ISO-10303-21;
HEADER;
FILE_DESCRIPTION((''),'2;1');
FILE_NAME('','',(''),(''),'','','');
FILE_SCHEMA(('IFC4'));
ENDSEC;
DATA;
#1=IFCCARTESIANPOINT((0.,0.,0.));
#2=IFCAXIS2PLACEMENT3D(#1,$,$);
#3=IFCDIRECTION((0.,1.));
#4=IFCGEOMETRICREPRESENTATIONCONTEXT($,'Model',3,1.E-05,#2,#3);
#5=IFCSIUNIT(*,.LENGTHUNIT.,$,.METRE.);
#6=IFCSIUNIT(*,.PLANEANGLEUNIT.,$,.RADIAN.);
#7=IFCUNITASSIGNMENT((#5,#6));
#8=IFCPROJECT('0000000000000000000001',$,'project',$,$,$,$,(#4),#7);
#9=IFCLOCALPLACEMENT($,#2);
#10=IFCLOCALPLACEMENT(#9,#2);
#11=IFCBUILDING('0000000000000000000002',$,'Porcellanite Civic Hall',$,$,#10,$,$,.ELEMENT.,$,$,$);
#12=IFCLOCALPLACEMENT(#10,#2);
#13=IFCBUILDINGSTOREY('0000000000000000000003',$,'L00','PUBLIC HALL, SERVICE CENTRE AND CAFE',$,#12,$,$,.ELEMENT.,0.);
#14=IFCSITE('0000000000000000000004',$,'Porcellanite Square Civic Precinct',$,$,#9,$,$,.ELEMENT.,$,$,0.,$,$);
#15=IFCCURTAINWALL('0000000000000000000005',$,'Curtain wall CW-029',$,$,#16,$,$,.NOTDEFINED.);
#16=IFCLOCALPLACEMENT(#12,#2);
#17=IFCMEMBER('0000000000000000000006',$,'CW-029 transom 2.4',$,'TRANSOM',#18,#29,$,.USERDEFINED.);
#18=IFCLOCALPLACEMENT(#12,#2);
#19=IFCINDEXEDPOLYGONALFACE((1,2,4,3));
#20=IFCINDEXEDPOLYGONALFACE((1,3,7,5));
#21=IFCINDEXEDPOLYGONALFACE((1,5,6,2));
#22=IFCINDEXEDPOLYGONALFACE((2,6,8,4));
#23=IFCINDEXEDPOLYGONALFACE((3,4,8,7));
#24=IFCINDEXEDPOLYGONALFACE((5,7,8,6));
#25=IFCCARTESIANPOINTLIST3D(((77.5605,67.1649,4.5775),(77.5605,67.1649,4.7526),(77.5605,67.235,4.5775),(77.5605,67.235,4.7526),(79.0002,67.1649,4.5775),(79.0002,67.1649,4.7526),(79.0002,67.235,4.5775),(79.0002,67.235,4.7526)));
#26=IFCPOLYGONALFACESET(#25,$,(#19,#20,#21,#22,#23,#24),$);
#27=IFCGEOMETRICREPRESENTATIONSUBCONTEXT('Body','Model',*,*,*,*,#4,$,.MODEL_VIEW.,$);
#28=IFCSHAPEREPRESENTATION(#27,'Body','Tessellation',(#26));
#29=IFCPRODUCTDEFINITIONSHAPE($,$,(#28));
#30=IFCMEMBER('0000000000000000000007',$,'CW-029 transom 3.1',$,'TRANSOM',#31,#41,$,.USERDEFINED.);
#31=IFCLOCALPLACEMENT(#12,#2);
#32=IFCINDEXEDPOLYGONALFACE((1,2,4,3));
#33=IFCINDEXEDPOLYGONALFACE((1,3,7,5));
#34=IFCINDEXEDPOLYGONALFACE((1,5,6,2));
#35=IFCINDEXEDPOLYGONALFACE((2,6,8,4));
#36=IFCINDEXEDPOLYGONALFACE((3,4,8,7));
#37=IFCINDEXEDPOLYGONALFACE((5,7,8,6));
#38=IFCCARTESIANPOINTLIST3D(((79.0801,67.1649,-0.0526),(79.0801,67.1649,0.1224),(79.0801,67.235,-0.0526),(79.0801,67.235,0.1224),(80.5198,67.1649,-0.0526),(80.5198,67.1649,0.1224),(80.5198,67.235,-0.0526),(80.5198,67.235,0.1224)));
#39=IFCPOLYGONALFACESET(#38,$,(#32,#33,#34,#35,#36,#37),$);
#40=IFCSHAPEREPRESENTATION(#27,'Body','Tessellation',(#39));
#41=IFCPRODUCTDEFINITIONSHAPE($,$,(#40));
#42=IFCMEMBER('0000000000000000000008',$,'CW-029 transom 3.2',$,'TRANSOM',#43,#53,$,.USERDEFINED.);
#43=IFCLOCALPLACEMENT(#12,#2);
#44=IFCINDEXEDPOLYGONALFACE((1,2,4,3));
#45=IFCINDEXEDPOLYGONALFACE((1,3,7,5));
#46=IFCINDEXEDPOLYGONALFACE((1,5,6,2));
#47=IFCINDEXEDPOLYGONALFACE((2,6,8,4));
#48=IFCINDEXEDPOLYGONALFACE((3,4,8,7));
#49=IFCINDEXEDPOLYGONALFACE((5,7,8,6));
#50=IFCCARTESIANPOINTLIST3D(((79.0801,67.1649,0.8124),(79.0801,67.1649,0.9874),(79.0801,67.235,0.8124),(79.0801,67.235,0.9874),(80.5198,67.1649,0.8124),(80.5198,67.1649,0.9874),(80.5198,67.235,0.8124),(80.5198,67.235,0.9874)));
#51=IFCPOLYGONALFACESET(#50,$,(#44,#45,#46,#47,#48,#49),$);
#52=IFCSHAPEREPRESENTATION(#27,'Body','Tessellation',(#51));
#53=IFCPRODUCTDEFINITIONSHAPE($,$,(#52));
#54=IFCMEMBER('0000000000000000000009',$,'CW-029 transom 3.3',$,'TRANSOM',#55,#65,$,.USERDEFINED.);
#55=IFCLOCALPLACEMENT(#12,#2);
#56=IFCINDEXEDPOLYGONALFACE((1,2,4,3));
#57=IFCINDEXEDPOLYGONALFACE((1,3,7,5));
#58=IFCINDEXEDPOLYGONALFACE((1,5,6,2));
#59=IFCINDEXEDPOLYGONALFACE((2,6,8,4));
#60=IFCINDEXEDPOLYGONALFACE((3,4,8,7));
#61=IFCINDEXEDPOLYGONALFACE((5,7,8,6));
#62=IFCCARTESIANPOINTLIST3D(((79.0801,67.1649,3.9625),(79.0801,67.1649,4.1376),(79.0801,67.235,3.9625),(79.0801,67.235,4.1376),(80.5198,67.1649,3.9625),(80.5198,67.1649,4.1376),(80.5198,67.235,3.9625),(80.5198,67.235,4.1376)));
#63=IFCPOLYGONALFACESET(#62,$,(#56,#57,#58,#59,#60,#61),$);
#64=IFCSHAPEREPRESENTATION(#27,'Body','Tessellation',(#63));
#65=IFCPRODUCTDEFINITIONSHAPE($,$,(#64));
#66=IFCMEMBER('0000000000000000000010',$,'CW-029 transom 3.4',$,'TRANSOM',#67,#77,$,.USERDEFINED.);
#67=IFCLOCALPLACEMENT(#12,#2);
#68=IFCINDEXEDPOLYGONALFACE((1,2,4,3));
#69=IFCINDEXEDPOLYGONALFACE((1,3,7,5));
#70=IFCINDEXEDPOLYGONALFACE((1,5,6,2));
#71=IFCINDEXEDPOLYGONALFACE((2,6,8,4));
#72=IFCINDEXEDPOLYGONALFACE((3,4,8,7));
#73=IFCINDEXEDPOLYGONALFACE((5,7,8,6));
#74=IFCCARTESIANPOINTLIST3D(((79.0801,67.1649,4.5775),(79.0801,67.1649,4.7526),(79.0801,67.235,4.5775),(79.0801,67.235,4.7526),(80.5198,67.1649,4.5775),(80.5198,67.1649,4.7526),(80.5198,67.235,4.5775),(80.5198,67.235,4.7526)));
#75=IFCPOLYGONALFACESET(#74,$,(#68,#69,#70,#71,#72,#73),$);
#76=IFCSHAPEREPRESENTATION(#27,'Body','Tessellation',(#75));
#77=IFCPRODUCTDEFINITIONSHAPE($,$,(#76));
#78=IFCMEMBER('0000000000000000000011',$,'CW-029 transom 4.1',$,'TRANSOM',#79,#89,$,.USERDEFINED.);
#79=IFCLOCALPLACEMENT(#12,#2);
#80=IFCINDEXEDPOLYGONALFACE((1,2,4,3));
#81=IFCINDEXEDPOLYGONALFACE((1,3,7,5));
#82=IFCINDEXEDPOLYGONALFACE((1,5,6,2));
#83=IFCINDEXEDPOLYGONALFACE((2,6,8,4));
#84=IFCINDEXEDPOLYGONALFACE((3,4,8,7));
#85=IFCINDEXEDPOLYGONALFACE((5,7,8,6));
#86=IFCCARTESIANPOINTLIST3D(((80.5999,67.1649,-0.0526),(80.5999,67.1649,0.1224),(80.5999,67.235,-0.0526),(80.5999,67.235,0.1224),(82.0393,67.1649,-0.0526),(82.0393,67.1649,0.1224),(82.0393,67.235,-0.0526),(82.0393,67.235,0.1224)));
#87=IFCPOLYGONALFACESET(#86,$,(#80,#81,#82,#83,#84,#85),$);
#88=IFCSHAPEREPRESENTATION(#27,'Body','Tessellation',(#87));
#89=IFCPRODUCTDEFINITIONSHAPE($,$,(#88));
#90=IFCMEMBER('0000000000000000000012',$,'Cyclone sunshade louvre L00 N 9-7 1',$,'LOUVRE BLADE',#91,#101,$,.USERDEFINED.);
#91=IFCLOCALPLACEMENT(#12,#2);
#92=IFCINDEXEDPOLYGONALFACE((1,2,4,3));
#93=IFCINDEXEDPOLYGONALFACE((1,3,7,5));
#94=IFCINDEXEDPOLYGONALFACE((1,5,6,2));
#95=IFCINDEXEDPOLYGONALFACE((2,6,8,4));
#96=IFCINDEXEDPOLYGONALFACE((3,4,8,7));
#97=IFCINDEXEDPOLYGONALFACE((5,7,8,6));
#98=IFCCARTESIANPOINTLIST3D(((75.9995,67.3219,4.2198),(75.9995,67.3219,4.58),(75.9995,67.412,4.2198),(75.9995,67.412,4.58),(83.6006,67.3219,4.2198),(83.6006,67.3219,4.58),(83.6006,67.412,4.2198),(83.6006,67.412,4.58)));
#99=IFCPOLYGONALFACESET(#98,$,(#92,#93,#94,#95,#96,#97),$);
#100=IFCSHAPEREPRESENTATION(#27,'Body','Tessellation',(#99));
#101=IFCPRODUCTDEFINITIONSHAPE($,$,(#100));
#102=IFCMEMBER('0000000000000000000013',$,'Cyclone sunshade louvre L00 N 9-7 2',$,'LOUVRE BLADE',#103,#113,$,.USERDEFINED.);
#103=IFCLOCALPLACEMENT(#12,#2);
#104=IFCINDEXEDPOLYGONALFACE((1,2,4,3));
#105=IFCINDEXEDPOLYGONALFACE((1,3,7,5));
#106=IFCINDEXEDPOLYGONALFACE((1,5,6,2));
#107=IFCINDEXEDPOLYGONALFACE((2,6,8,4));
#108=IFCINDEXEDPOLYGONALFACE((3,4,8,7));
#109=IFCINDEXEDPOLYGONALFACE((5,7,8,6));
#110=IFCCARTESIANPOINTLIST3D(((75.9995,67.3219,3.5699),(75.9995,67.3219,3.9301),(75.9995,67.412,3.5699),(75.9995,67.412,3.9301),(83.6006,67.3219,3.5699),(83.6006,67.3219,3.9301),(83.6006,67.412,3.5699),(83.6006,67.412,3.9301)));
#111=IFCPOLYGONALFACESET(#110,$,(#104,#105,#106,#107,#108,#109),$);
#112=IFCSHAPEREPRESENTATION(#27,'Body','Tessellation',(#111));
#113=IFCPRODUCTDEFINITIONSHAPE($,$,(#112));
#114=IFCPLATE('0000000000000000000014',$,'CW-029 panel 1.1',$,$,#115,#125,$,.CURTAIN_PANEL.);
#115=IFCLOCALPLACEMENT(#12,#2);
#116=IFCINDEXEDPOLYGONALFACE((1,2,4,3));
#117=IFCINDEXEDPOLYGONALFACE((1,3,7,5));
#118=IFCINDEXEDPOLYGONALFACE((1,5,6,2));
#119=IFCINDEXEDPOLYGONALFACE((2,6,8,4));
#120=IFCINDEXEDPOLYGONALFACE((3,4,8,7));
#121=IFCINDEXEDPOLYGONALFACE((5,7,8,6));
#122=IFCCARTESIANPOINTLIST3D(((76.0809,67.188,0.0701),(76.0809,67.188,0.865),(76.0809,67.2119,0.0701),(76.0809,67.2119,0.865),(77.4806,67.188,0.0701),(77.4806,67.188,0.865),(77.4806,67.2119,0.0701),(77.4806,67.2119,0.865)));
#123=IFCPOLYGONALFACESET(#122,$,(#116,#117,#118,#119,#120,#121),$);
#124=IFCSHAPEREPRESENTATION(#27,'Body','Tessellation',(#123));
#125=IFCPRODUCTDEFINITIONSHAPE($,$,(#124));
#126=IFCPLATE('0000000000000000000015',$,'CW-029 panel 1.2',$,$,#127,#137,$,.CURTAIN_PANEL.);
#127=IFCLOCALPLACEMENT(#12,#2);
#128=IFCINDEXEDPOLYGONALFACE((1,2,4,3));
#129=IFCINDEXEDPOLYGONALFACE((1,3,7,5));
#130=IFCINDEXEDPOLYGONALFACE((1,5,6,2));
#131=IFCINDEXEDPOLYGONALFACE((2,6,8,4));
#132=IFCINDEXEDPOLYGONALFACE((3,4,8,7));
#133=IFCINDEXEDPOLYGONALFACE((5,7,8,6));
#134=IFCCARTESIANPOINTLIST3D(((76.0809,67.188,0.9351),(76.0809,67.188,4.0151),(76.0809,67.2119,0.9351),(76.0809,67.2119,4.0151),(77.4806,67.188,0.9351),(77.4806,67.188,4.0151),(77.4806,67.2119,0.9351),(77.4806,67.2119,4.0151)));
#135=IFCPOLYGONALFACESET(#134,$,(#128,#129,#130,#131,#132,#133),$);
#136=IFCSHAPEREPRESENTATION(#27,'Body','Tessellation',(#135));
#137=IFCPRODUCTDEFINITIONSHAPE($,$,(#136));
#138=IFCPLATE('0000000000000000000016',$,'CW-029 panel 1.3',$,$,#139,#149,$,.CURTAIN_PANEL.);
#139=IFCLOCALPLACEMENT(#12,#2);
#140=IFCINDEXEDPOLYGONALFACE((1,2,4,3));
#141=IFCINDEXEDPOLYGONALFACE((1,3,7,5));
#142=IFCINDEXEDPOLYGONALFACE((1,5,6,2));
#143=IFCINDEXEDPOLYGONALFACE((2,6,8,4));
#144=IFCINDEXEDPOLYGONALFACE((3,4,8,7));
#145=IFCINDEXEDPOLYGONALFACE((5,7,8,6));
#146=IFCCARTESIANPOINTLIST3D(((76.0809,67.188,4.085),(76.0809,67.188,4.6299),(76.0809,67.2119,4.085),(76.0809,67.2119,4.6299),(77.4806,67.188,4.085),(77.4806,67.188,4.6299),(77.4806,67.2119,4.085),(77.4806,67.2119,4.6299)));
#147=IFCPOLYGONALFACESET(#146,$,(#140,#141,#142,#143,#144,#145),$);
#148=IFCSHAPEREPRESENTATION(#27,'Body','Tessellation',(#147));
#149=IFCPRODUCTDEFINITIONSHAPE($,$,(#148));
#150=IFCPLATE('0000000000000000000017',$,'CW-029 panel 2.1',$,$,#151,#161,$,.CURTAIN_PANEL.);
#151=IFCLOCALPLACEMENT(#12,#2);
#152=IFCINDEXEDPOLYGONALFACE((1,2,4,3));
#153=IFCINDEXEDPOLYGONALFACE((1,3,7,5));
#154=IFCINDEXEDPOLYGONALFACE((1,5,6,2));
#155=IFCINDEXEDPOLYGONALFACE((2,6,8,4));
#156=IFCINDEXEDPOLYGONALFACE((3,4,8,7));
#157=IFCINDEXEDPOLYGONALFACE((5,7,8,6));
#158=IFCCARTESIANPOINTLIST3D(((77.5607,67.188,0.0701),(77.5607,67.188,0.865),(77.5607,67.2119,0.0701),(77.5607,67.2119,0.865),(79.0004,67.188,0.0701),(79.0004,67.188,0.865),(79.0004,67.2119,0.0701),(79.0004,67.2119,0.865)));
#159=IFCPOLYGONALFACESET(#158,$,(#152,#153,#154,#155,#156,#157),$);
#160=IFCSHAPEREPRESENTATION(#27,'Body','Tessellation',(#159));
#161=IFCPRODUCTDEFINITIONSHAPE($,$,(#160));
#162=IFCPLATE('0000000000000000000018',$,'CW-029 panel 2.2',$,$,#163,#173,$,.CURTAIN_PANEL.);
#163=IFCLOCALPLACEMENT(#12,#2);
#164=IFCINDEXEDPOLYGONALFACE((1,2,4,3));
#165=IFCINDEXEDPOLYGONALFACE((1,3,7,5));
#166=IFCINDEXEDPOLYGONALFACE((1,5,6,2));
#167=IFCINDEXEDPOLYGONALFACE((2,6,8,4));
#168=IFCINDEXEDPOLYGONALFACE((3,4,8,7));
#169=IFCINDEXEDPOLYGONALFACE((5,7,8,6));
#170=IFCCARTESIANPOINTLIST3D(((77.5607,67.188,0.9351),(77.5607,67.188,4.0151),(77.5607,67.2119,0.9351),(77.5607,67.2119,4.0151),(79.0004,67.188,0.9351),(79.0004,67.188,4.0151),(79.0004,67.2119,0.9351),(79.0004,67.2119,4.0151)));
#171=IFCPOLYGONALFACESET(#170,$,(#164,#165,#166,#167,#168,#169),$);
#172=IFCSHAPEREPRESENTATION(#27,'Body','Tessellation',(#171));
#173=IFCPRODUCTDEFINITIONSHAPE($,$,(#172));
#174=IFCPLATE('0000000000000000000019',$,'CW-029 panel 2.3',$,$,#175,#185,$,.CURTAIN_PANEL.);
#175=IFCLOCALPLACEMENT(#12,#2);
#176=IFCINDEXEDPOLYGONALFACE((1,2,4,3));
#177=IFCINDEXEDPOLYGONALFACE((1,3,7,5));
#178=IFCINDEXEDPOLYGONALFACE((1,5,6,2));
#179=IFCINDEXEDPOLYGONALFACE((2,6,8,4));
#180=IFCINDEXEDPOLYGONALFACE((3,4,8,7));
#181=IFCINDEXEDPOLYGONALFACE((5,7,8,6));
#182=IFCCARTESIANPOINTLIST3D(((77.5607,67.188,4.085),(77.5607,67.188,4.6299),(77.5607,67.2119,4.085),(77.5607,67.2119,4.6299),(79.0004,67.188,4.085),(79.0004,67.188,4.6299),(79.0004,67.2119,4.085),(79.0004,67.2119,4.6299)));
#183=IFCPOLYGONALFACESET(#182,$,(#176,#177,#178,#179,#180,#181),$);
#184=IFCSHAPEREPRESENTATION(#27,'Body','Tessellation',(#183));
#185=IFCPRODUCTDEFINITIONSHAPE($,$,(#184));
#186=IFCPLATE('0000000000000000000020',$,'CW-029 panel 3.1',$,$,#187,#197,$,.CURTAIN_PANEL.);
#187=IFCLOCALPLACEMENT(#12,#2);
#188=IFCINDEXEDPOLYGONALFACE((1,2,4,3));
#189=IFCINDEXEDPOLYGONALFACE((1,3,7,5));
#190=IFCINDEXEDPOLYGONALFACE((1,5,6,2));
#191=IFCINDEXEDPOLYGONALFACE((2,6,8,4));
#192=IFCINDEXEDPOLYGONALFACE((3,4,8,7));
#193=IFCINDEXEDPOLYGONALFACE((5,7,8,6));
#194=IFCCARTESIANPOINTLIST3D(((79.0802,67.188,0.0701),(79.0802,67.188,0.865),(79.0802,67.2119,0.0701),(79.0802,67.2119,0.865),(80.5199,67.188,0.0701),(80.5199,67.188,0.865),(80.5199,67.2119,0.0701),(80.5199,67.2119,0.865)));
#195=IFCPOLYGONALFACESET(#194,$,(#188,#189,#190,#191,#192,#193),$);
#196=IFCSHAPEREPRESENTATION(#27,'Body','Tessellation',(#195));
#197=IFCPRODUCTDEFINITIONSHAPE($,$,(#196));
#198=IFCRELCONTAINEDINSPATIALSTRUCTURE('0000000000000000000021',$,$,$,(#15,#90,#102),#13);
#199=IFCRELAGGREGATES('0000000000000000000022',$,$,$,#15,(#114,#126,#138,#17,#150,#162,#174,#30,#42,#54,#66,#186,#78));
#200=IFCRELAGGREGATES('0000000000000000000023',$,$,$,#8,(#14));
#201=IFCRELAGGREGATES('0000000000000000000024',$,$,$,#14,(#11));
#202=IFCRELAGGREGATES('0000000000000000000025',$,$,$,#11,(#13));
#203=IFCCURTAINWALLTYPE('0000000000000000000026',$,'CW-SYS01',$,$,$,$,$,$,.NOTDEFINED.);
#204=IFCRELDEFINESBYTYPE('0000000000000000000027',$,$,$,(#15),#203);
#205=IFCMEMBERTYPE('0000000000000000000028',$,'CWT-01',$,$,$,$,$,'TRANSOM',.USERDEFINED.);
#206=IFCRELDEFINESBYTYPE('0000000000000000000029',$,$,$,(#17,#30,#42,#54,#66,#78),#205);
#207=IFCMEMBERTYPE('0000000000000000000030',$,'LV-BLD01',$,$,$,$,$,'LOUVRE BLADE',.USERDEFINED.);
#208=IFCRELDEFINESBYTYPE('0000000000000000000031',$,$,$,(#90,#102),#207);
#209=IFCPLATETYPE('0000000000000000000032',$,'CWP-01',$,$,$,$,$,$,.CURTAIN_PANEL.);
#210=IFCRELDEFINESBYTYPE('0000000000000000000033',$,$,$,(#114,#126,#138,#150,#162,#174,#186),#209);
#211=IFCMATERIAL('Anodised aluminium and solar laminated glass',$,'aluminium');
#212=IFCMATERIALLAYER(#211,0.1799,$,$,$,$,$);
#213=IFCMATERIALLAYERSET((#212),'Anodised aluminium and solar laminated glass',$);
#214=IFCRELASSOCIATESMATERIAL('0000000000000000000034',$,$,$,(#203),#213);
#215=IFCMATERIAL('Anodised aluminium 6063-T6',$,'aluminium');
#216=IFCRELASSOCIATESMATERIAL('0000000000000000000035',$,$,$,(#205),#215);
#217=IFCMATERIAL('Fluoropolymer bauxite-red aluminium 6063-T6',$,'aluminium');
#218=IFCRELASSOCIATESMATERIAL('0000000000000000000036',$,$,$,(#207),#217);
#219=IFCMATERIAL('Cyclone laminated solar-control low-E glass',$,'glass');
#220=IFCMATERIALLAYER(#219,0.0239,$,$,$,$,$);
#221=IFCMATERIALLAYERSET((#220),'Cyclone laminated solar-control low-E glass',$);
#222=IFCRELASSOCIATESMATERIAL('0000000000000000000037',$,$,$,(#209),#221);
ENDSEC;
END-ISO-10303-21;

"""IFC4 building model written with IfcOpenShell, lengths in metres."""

from ifc_helpers import new_model, si_unit, direction, frame, origin, origin_2d, place, context, subcontext, project, spatial, rectangle, extrude, material, layer, layer_set, material_profile, profile_set, type_object, element, aggregate, save


model = new_model("IFC4")

# Units and contexts
model_context = context("Model", 3, precision=1e-05, world=origin(), true_north=direction((0.0, 1.0)))
body_context = subcontext(model_context, "Body", "Model", "MODEL_VIEW")
ifc_project = project(units=[si_unit("LENGTHUNIT", "METRE"), si_unit("PLANEANGLEUNIT", "RADIAN")], contexts=[model_context])

# Site, building, storey
site_placement = place(None, origin())
site = spatial("IfcSite", under=ifc_project, at=site_placement, Name="Porcellanite Square Civic Precinct", CompositionType="ELEMENT", RefElevation=0.0)
building_placement = place(site_placement, origin())
building = spatial("IfcBuilding", under=site, at=building_placement, Name="Porcellanite Civic Hall", CompositionType="ELEMENT")
storey_placement = place(building_placement, origin())
storey = spatial("IfcBuildingStorey", under=building, at=storey_placement, Name="L00", Description="PUBLIC HALL, SERVICE CENTRE AND CAFE", CompositionType="ELEMENT", Elevation=0.0)

# Curtain wall, members
ifc_material_1 = material(Name="Anodised aluminium and solar laminated glass", Category="aluminium")
ifc_layer_1 = layer(ifc_material_1, 0.1799)
ifc_layer_set_1 = layer_set([ifc_layer_1], Name="Anodised aluminium and solar laminated glass")
curtain_wall_type = type_object("IfcCurtainWallType", Name="CW-SYS01", PredefinedType="NOTDEFINED", material=ifc_layer_set_1)
curtain_wall_placement = place(storey_placement, origin())
curtain_wall = element("IfcCurtainWall", 1, at=curtain_wall_placement, inside=storey, type_object=curtain_wall_type, Name="Curtain wall CW-029", PredefinedType="NOTDEFINED")
ifc_material_2 = material(Name="Anodised aluminium 6063-T6", Category="aluminium")
ifc_material_profile_1 = material_profile(ifc_material_2, rectangle(XDim=0.0701, YDim=0.175, at=origin_2d()), Name="AL-70x175")
ifc_profile_set_1 = profile_set([ifc_material_profile_1], Name="Anodised aluminium 6063-T6")
member_type_1 = type_object("IfcMemberType", Name="CWT-01", ElementType="TRANSOM", PredefinedType="USERDEFINED", material=ifc_profile_set_1)
member_1_placement = place(storey_placement, frame((77.5605, 67.2, 4.665), z_axis=(1.0, 0.0, 0.0), x_axis=(0.0, 1.0, 0.0)))
member_1 = element("IfcMember", 2, at=member_1_placement, type_object=member_type_1, Name="CW-029 transom 2.4", ObjectType="TRANSOM", PredefinedType="USERDEFINED", context=body_context, shape_type="SweptSolid", body=[
    extrude(rectangle(XDim=0.0701, YDim=0.175, at=origin_2d()), origin(), (0.0, 0.0, 1.0), 1.4397),
])
member_2_placement = place(storey_placement, frame((79.0801, 67.2, 0.0349), z_axis=(1.0, 0.0, 0.0), x_axis=(0.0, 1.0, 0.0)))
member_2 = element("IfcMember", 3, at=member_2_placement, type_object=member_type_1, Name="CW-029 transom 3.1", ObjectType="TRANSOM", PredefinedType="USERDEFINED", context=body_context, shape_type="SweptSolid", body=[
    extrude(rectangle(XDim=0.0701, YDim=0.175, at=origin_2d()), origin(), (0.0, 0.0, 1.0), 1.4397),
])
member_3_placement = place(storey_placement, frame((79.0801, 67.2, 0.8999), z_axis=(1.0, 0.0, 0.0), x_axis=(0.0, 1.0, 0.0)))
member_3 = element("IfcMember", 4, at=member_3_placement, type_object=member_type_1, Name="CW-029 transom 3.2", ObjectType="TRANSOM", PredefinedType="USERDEFINED", context=body_context, shape_type="SweptSolid", body=[
    extrude(rectangle(XDim=0.0701, YDim=0.175, at=origin_2d()), origin(), (0.0, 0.0, 1.0), 1.4397),
])
member_4_placement = place(storey_placement, frame((79.0801, 67.2, 4.05), z_axis=(1.0, 0.0, 0.0), x_axis=(0.0, 1.0, 0.0)))
member_4 = element("IfcMember", 5, at=member_4_placement, type_object=member_type_1, Name="CW-029 transom 3.3", ObjectType="TRANSOM", PredefinedType="USERDEFINED", context=body_context, shape_type="SweptSolid", body=[
    extrude(rectangle(XDim=0.0701, YDim=0.175, at=origin_2d()), origin(), (0.0, 0.0, 1.0), 1.4397),
])
member_5_placement = place(storey_placement, frame((79.0801, 67.2, 4.665), z_axis=(1.0, 0.0, 0.0), x_axis=(0.0, 1.0, 0.0)))
member_5 = element("IfcMember", 6, at=member_5_placement, type_object=member_type_1, Name="CW-029 transom 3.4", ObjectType="TRANSOM", PredefinedType="USERDEFINED", context=body_context, shape_type="SweptSolid", body=[
    extrude(rectangle(XDim=0.0701, YDim=0.175, at=origin_2d()), origin(), (0.0, 0.0, 1.0), 1.4397),
])
member_6_placement = place(storey_placement, frame((80.5999, 67.2, 0.0349), z_axis=(1.0, 0.0, 0.0), x_axis=(0.0, 1.0, 0.0)))
member_6 = element("IfcMember", 7, at=member_6_placement, type_object=member_type_1, Name="CW-029 transom 4.1", ObjectType="TRANSOM", PredefinedType="USERDEFINED", context=body_context, shape_type="SweptSolid", body=[
    extrude(rectangle(XDim=0.0701, YDim=0.175, at=origin_2d()), origin(), (0.0, 0.0, 1.0), 1.4395),
])

# Members
ifc_material_3 = material(Name="Fluoropolymer bauxite-red aluminium 6063-T6", Category="aluminium")
ifc_material_profile_2 = material_profile(ifc_material_3, rectangle(XDim=0.0901, YDim=0.3601, at=origin_2d()), Name="AL-90x360")
ifc_profile_set_2 = profile_set([ifc_material_profile_2], Name="Fluoropolymer bauxite-red aluminium 6063-T6")
member_type_2 = type_object("IfcMemberType", Name="LV-BLD01", ElementType="LOUVRE BLADE", PredefinedType="USERDEFINED", material=ifc_profile_set_2)
for number, where, z_axis, x_axis, name in (
    (8, (75.9995, 67.3669, 4.3999), (1.0, 0.0, 0.0), (0.0, 1.0, 0.0), "Cyclone sunshade louvre L00 N 9-7 1"),
    (9, (75.9995, 67.3669, 3.75), (1.0, 0.0, 0.0), (0.0, 1.0, 0.0), "Cyclone sunshade louvre L00 N 9-7 2"),
):
    element("IfcMember", number, at=place(storey_placement, frame(where, z_axis=z_axis, x_axis=x_axis)), inside=storey, type_object=member_type_2, Name=name, ObjectType="LOUVRE BLADE", PredefinedType="USERDEFINED", context=body_context, shape_type="SweptSolid", body=[
        extrude(rectangle(XDim=0.0901, YDim=0.3601, at=origin_2d()), origin(), (0.0, 0.0, 1.0), 7.6011),
    ])

# Plates
ifc_material_4 = material(Name="Cyclone laminated solar-control low-E glass", Category="glass")
ifc_layer_2 = layer(ifc_material_4, 0.0239)
ifc_layer_set_2 = layer_set([ifc_layer_2], Name="Cyclone laminated solar-control low-E glass")
plate_type = type_object("IfcPlateType", Name="CWP-01", PredefinedType="CURTAIN_PANEL", material=ifc_layer_set_2)
plate_1_placement = place(storey_placement, frame((76.7808, 67.2, 0.0701), z_axis=(0.0, 0.0, 1.0), x_axis=(1.0, 0.0, 0.0)))
plate_1 = element("IfcPlate", 10, at=plate_1_placement, type_object=plate_type, Name="CW-029 panel 1.1", PredefinedType="CURTAIN_PANEL", context=body_context, shape_type="SweptSolid", body=[
    extrude(rectangle(XDim=1.3997, YDim=0.0239, at=origin_2d()), origin(), (0.0, 0.0, 1.0), 0.7949),
])
plate_2_placement = place(storey_placement, frame((76.7808, 67.2, 0.9351), z_axis=(0.0, 0.0, 1.0), x_axis=(1.0, 0.0, 0.0)))
plate_2 = element("IfcPlate", 11, at=plate_2_placement, type_object=plate_type, Name="CW-029 panel 1.2", PredefinedType="CURTAIN_PANEL", context=body_context, shape_type="SweptSolid", body=[
    extrude(rectangle(XDim=1.3997, YDim=0.0239, at=origin_2d()), origin(), (0.0, 0.0, 1.0), 3.0801),
])
plate_3_placement = place(storey_placement, frame((76.7808, 67.2, 4.085), z_axis=(0.0, 0.0, 1.0), x_axis=(1.0, 0.0, 0.0)))
plate_3 = element("IfcPlate", 12, at=plate_3_placement, type_object=plate_type, Name="CW-029 panel 1.3", PredefinedType="CURTAIN_PANEL", context=body_context, shape_type="SweptSolid", body=[
    extrude(rectangle(XDim=1.3997, YDim=0.0239, at=origin_2d()), origin(), (0.0, 0.0, 1.0), 0.5449),
])
plate_4_placement = place(storey_placement, frame((78.2805, 67.2, 0.0701), z_axis=(0.0, 0.0, 1.0), x_axis=(1.0, 0.0, 0.0)))
plate_4 = element("IfcPlate", 13, at=plate_4_placement, type_object=plate_type, Name="CW-029 panel 2.1", PredefinedType="CURTAIN_PANEL", context=body_context, shape_type="SweptSolid", body=[
    extrude(rectangle(XDim=1.4397, YDim=0.0239, at=origin_2d()), origin(), (0.0, 0.0, 1.0), 0.7949),
])
plate_5_placement = place(storey_placement, frame((78.2805, 67.2, 0.9351), z_axis=(0.0, 0.0, 1.0), x_axis=(1.0, 0.0, 0.0)))
plate_5 = element("IfcPlate", 14, at=plate_5_placement, type_object=plate_type, Name="CW-029 panel 2.2", PredefinedType="CURTAIN_PANEL", context=body_context, shape_type="SweptSolid", body=[
    extrude(rectangle(XDim=1.4397, YDim=0.0239, at=origin_2d()), origin(), (0.0, 0.0, 1.0), 3.0801),
])
plate_6_placement = place(storey_placement, frame((78.2805, 67.2, 4.085), z_axis=(0.0, 0.0, 1.0), x_axis=(1.0, 0.0, 0.0)))
plate_6 = element("IfcPlate", 15, at=plate_6_placement, type_object=plate_type, Name="CW-029 panel 2.3", PredefinedType="CURTAIN_PANEL", context=body_context, shape_type="SweptSolid", body=[
    extrude(rectangle(XDim=1.4397, YDim=0.0239, at=origin_2d()), origin(), (0.0, 0.0, 1.0), 0.5449),
])
plate_7_placement = place(storey_placement, frame((79.8, 67.2, 0.0701), z_axis=(0.0, 0.0, 1.0), x_axis=(1.0, 0.0, 0.0)))
plate_7 = element("IfcPlate", 16, at=plate_7_placement, type_object=plate_type, Name="CW-029 panel 3.1", PredefinedType="CURTAIN_PANEL", context=body_context, shape_type="SweptSolid", body=[
    extrude(rectangle(XDim=1.4397, YDim=0.0239, at=origin_2d()), origin(), (0.0, 0.0, 1.0), 0.7949),
])
aggregate(curtain_wall, [plate_1, plate_2, plate_3, member_1, plate_4, plate_5, plate_6, member_2, member_3, member_4, member_5, plate_7, member_6])

save(model, "model.ifc")
